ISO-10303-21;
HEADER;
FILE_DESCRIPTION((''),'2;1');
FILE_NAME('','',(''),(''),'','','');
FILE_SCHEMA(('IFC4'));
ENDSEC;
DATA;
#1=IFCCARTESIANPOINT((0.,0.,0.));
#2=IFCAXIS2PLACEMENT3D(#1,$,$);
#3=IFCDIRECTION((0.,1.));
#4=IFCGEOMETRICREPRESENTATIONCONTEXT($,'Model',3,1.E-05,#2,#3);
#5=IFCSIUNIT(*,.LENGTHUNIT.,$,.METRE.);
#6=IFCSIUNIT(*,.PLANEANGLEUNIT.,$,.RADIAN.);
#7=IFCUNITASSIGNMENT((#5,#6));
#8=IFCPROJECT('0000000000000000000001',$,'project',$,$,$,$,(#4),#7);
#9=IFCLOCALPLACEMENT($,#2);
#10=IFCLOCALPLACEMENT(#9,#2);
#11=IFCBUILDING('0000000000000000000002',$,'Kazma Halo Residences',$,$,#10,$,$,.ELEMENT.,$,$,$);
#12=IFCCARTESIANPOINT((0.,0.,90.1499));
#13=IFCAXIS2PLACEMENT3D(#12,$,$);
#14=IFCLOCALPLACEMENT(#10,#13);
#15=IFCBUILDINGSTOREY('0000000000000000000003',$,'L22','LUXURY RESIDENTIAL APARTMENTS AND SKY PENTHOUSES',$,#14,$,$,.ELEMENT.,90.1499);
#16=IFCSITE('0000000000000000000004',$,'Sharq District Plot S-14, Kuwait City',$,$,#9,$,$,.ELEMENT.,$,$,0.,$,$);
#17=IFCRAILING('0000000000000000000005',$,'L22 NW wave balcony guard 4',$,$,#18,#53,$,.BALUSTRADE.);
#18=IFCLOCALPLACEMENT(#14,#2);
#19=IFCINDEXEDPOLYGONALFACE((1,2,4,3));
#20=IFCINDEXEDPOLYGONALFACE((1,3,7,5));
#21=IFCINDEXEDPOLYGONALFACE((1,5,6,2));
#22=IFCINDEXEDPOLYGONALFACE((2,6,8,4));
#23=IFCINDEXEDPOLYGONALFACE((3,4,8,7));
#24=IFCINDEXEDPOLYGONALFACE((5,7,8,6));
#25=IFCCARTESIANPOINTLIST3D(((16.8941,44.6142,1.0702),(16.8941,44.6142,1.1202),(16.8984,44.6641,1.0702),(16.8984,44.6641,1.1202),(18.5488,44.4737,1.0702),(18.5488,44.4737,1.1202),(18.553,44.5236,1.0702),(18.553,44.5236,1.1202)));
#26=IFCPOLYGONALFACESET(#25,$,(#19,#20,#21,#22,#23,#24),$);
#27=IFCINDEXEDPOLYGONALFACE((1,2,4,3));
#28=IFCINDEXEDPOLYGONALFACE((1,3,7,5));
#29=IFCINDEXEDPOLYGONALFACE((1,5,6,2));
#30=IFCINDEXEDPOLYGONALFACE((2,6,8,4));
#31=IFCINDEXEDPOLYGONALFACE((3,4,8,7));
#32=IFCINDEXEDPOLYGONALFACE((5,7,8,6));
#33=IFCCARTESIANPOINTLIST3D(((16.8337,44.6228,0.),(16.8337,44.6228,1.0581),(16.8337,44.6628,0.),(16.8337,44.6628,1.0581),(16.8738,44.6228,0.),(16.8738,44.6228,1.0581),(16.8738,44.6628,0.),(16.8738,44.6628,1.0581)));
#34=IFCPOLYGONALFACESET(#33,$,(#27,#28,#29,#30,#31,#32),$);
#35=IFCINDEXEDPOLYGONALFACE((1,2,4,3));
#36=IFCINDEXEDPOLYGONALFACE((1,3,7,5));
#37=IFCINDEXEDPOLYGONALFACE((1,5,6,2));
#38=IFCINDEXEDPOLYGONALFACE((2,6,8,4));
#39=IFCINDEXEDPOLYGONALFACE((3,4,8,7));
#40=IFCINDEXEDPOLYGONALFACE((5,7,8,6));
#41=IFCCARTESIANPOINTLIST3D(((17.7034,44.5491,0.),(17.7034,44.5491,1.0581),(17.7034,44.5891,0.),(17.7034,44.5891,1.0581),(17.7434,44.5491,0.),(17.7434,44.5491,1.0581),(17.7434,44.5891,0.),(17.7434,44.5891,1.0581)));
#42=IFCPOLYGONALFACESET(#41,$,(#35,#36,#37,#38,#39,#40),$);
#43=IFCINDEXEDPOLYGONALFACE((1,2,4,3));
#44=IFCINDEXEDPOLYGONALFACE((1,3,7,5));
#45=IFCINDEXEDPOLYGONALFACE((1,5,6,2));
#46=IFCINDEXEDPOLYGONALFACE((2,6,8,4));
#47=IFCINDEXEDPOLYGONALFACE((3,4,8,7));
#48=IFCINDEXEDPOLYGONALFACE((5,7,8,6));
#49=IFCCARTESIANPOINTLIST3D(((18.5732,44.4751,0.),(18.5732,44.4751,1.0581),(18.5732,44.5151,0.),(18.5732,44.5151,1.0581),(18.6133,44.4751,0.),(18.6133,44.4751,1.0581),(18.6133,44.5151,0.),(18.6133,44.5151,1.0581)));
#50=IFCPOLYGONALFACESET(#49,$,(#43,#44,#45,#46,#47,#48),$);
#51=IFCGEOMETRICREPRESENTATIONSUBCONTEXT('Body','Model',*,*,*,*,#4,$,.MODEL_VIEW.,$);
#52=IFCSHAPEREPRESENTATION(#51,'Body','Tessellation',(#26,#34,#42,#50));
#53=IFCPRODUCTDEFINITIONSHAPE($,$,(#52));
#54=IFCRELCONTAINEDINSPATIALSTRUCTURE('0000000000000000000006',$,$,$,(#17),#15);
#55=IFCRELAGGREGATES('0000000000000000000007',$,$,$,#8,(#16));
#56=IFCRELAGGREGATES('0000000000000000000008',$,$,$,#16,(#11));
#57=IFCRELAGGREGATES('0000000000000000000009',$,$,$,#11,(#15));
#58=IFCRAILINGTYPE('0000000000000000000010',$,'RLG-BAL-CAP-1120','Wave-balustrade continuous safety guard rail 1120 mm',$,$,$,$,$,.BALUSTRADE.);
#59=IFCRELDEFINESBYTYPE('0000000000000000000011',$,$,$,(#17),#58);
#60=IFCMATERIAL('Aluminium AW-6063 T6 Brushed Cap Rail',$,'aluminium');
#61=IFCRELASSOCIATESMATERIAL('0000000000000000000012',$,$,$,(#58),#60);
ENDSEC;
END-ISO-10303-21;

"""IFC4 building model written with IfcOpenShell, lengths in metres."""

from ifc_helpers import new_model, si_unit, direction, frame, origin, origin_2d, place, context, subcontext, project, spatial, rectangle, extrude, material, type_object, element, save


model = new_model("IFC4")

# Units and contexts
model_context = context("Model", 3, precision=1e-05, world=origin(), true_north=direction((0.0, 1.0)))
body_context = subcontext(model_context, "Body", "Model", "MODEL_VIEW")
ifc_project = project(units=[si_unit("LENGTHUNIT", "METRE"), si_unit("PLANEANGLEUNIT", "RADIAN")], contexts=[model_context])

# Site, building, storey
site_placement = place(None, origin())
site = spatial("IfcSite", under=ifc_project, at=site_placement, Name="Sharq District Plot S-14, Kuwait City", CompositionType="ELEMENT", RefElevation=0.0)
building_placement = place(site_placement, origin())
building = spatial("IfcBuilding", under=site, at=building_placement, Name="Kazma Halo Residences", CompositionType="ELEMENT")
storey_placement = place(building_placement, frame((0.0, 0.0, 90.1499)))
storey = spatial("IfcBuildingStorey", under=building, at=storey_placement, Name="L22", Description="LUXURY RESIDENTIAL APARTMENTS AND SKY PENTHOUSES", CompositionType="ELEMENT", Elevation=90.1499)

# Railing
ifc_material_1 = material(Name="Aluminium AW-6063 T6 Brushed Cap Rail", Category="aluminium")
railing_type = type_object("IfcRailingType", Name="RLG-BAL-CAP-1120", Description="Wave-balustrade continuous safety guard rail 1120 mm", PredefinedType="BALUSTRADE", material=ifc_material_1)
railing_placement = place(storey_placement, frame((16.8538, 44.6428, 0.0)))
element("IfcRailing", 1, at=railing_placement, inside=storey, type_object=railing_type, Name="L22 NW wave balcony guard 4", PredefinedType="BALUSTRADE", context=body_context, shape_type="SweptSolid", body=[
    extrude(rectangle(XDim=0.05, YDim=0.05, at=origin_2d()), frame((0.0425, -0.0037, 1.0952), z_axis=(0.996414, -0.084608, 0.0), x_axis=(0.084608, 0.996414, 0.0)), (0.0, 0.0, 1.0), 1.6606),
    extrude(rectangle(XDim=0.04, YDim=0.04, at=origin_2d()), origin(), (0.0, 0.0, 1.0), 1.0581),
    extrude(rectangle(XDim=0.04, YDim=0.04, at=origin_2d()), frame((0.8696, -0.0737, 0.0)), (0.0, 0.0, 1.0), 1.0581),
    extrude(rectangle(XDim=0.04, YDim=0.04, at=origin_2d()), frame((1.7395, -0.1477, 0.0)), (0.0, 0.0, 1.0), 1.0581),
])

save(model, "model.ifc")
